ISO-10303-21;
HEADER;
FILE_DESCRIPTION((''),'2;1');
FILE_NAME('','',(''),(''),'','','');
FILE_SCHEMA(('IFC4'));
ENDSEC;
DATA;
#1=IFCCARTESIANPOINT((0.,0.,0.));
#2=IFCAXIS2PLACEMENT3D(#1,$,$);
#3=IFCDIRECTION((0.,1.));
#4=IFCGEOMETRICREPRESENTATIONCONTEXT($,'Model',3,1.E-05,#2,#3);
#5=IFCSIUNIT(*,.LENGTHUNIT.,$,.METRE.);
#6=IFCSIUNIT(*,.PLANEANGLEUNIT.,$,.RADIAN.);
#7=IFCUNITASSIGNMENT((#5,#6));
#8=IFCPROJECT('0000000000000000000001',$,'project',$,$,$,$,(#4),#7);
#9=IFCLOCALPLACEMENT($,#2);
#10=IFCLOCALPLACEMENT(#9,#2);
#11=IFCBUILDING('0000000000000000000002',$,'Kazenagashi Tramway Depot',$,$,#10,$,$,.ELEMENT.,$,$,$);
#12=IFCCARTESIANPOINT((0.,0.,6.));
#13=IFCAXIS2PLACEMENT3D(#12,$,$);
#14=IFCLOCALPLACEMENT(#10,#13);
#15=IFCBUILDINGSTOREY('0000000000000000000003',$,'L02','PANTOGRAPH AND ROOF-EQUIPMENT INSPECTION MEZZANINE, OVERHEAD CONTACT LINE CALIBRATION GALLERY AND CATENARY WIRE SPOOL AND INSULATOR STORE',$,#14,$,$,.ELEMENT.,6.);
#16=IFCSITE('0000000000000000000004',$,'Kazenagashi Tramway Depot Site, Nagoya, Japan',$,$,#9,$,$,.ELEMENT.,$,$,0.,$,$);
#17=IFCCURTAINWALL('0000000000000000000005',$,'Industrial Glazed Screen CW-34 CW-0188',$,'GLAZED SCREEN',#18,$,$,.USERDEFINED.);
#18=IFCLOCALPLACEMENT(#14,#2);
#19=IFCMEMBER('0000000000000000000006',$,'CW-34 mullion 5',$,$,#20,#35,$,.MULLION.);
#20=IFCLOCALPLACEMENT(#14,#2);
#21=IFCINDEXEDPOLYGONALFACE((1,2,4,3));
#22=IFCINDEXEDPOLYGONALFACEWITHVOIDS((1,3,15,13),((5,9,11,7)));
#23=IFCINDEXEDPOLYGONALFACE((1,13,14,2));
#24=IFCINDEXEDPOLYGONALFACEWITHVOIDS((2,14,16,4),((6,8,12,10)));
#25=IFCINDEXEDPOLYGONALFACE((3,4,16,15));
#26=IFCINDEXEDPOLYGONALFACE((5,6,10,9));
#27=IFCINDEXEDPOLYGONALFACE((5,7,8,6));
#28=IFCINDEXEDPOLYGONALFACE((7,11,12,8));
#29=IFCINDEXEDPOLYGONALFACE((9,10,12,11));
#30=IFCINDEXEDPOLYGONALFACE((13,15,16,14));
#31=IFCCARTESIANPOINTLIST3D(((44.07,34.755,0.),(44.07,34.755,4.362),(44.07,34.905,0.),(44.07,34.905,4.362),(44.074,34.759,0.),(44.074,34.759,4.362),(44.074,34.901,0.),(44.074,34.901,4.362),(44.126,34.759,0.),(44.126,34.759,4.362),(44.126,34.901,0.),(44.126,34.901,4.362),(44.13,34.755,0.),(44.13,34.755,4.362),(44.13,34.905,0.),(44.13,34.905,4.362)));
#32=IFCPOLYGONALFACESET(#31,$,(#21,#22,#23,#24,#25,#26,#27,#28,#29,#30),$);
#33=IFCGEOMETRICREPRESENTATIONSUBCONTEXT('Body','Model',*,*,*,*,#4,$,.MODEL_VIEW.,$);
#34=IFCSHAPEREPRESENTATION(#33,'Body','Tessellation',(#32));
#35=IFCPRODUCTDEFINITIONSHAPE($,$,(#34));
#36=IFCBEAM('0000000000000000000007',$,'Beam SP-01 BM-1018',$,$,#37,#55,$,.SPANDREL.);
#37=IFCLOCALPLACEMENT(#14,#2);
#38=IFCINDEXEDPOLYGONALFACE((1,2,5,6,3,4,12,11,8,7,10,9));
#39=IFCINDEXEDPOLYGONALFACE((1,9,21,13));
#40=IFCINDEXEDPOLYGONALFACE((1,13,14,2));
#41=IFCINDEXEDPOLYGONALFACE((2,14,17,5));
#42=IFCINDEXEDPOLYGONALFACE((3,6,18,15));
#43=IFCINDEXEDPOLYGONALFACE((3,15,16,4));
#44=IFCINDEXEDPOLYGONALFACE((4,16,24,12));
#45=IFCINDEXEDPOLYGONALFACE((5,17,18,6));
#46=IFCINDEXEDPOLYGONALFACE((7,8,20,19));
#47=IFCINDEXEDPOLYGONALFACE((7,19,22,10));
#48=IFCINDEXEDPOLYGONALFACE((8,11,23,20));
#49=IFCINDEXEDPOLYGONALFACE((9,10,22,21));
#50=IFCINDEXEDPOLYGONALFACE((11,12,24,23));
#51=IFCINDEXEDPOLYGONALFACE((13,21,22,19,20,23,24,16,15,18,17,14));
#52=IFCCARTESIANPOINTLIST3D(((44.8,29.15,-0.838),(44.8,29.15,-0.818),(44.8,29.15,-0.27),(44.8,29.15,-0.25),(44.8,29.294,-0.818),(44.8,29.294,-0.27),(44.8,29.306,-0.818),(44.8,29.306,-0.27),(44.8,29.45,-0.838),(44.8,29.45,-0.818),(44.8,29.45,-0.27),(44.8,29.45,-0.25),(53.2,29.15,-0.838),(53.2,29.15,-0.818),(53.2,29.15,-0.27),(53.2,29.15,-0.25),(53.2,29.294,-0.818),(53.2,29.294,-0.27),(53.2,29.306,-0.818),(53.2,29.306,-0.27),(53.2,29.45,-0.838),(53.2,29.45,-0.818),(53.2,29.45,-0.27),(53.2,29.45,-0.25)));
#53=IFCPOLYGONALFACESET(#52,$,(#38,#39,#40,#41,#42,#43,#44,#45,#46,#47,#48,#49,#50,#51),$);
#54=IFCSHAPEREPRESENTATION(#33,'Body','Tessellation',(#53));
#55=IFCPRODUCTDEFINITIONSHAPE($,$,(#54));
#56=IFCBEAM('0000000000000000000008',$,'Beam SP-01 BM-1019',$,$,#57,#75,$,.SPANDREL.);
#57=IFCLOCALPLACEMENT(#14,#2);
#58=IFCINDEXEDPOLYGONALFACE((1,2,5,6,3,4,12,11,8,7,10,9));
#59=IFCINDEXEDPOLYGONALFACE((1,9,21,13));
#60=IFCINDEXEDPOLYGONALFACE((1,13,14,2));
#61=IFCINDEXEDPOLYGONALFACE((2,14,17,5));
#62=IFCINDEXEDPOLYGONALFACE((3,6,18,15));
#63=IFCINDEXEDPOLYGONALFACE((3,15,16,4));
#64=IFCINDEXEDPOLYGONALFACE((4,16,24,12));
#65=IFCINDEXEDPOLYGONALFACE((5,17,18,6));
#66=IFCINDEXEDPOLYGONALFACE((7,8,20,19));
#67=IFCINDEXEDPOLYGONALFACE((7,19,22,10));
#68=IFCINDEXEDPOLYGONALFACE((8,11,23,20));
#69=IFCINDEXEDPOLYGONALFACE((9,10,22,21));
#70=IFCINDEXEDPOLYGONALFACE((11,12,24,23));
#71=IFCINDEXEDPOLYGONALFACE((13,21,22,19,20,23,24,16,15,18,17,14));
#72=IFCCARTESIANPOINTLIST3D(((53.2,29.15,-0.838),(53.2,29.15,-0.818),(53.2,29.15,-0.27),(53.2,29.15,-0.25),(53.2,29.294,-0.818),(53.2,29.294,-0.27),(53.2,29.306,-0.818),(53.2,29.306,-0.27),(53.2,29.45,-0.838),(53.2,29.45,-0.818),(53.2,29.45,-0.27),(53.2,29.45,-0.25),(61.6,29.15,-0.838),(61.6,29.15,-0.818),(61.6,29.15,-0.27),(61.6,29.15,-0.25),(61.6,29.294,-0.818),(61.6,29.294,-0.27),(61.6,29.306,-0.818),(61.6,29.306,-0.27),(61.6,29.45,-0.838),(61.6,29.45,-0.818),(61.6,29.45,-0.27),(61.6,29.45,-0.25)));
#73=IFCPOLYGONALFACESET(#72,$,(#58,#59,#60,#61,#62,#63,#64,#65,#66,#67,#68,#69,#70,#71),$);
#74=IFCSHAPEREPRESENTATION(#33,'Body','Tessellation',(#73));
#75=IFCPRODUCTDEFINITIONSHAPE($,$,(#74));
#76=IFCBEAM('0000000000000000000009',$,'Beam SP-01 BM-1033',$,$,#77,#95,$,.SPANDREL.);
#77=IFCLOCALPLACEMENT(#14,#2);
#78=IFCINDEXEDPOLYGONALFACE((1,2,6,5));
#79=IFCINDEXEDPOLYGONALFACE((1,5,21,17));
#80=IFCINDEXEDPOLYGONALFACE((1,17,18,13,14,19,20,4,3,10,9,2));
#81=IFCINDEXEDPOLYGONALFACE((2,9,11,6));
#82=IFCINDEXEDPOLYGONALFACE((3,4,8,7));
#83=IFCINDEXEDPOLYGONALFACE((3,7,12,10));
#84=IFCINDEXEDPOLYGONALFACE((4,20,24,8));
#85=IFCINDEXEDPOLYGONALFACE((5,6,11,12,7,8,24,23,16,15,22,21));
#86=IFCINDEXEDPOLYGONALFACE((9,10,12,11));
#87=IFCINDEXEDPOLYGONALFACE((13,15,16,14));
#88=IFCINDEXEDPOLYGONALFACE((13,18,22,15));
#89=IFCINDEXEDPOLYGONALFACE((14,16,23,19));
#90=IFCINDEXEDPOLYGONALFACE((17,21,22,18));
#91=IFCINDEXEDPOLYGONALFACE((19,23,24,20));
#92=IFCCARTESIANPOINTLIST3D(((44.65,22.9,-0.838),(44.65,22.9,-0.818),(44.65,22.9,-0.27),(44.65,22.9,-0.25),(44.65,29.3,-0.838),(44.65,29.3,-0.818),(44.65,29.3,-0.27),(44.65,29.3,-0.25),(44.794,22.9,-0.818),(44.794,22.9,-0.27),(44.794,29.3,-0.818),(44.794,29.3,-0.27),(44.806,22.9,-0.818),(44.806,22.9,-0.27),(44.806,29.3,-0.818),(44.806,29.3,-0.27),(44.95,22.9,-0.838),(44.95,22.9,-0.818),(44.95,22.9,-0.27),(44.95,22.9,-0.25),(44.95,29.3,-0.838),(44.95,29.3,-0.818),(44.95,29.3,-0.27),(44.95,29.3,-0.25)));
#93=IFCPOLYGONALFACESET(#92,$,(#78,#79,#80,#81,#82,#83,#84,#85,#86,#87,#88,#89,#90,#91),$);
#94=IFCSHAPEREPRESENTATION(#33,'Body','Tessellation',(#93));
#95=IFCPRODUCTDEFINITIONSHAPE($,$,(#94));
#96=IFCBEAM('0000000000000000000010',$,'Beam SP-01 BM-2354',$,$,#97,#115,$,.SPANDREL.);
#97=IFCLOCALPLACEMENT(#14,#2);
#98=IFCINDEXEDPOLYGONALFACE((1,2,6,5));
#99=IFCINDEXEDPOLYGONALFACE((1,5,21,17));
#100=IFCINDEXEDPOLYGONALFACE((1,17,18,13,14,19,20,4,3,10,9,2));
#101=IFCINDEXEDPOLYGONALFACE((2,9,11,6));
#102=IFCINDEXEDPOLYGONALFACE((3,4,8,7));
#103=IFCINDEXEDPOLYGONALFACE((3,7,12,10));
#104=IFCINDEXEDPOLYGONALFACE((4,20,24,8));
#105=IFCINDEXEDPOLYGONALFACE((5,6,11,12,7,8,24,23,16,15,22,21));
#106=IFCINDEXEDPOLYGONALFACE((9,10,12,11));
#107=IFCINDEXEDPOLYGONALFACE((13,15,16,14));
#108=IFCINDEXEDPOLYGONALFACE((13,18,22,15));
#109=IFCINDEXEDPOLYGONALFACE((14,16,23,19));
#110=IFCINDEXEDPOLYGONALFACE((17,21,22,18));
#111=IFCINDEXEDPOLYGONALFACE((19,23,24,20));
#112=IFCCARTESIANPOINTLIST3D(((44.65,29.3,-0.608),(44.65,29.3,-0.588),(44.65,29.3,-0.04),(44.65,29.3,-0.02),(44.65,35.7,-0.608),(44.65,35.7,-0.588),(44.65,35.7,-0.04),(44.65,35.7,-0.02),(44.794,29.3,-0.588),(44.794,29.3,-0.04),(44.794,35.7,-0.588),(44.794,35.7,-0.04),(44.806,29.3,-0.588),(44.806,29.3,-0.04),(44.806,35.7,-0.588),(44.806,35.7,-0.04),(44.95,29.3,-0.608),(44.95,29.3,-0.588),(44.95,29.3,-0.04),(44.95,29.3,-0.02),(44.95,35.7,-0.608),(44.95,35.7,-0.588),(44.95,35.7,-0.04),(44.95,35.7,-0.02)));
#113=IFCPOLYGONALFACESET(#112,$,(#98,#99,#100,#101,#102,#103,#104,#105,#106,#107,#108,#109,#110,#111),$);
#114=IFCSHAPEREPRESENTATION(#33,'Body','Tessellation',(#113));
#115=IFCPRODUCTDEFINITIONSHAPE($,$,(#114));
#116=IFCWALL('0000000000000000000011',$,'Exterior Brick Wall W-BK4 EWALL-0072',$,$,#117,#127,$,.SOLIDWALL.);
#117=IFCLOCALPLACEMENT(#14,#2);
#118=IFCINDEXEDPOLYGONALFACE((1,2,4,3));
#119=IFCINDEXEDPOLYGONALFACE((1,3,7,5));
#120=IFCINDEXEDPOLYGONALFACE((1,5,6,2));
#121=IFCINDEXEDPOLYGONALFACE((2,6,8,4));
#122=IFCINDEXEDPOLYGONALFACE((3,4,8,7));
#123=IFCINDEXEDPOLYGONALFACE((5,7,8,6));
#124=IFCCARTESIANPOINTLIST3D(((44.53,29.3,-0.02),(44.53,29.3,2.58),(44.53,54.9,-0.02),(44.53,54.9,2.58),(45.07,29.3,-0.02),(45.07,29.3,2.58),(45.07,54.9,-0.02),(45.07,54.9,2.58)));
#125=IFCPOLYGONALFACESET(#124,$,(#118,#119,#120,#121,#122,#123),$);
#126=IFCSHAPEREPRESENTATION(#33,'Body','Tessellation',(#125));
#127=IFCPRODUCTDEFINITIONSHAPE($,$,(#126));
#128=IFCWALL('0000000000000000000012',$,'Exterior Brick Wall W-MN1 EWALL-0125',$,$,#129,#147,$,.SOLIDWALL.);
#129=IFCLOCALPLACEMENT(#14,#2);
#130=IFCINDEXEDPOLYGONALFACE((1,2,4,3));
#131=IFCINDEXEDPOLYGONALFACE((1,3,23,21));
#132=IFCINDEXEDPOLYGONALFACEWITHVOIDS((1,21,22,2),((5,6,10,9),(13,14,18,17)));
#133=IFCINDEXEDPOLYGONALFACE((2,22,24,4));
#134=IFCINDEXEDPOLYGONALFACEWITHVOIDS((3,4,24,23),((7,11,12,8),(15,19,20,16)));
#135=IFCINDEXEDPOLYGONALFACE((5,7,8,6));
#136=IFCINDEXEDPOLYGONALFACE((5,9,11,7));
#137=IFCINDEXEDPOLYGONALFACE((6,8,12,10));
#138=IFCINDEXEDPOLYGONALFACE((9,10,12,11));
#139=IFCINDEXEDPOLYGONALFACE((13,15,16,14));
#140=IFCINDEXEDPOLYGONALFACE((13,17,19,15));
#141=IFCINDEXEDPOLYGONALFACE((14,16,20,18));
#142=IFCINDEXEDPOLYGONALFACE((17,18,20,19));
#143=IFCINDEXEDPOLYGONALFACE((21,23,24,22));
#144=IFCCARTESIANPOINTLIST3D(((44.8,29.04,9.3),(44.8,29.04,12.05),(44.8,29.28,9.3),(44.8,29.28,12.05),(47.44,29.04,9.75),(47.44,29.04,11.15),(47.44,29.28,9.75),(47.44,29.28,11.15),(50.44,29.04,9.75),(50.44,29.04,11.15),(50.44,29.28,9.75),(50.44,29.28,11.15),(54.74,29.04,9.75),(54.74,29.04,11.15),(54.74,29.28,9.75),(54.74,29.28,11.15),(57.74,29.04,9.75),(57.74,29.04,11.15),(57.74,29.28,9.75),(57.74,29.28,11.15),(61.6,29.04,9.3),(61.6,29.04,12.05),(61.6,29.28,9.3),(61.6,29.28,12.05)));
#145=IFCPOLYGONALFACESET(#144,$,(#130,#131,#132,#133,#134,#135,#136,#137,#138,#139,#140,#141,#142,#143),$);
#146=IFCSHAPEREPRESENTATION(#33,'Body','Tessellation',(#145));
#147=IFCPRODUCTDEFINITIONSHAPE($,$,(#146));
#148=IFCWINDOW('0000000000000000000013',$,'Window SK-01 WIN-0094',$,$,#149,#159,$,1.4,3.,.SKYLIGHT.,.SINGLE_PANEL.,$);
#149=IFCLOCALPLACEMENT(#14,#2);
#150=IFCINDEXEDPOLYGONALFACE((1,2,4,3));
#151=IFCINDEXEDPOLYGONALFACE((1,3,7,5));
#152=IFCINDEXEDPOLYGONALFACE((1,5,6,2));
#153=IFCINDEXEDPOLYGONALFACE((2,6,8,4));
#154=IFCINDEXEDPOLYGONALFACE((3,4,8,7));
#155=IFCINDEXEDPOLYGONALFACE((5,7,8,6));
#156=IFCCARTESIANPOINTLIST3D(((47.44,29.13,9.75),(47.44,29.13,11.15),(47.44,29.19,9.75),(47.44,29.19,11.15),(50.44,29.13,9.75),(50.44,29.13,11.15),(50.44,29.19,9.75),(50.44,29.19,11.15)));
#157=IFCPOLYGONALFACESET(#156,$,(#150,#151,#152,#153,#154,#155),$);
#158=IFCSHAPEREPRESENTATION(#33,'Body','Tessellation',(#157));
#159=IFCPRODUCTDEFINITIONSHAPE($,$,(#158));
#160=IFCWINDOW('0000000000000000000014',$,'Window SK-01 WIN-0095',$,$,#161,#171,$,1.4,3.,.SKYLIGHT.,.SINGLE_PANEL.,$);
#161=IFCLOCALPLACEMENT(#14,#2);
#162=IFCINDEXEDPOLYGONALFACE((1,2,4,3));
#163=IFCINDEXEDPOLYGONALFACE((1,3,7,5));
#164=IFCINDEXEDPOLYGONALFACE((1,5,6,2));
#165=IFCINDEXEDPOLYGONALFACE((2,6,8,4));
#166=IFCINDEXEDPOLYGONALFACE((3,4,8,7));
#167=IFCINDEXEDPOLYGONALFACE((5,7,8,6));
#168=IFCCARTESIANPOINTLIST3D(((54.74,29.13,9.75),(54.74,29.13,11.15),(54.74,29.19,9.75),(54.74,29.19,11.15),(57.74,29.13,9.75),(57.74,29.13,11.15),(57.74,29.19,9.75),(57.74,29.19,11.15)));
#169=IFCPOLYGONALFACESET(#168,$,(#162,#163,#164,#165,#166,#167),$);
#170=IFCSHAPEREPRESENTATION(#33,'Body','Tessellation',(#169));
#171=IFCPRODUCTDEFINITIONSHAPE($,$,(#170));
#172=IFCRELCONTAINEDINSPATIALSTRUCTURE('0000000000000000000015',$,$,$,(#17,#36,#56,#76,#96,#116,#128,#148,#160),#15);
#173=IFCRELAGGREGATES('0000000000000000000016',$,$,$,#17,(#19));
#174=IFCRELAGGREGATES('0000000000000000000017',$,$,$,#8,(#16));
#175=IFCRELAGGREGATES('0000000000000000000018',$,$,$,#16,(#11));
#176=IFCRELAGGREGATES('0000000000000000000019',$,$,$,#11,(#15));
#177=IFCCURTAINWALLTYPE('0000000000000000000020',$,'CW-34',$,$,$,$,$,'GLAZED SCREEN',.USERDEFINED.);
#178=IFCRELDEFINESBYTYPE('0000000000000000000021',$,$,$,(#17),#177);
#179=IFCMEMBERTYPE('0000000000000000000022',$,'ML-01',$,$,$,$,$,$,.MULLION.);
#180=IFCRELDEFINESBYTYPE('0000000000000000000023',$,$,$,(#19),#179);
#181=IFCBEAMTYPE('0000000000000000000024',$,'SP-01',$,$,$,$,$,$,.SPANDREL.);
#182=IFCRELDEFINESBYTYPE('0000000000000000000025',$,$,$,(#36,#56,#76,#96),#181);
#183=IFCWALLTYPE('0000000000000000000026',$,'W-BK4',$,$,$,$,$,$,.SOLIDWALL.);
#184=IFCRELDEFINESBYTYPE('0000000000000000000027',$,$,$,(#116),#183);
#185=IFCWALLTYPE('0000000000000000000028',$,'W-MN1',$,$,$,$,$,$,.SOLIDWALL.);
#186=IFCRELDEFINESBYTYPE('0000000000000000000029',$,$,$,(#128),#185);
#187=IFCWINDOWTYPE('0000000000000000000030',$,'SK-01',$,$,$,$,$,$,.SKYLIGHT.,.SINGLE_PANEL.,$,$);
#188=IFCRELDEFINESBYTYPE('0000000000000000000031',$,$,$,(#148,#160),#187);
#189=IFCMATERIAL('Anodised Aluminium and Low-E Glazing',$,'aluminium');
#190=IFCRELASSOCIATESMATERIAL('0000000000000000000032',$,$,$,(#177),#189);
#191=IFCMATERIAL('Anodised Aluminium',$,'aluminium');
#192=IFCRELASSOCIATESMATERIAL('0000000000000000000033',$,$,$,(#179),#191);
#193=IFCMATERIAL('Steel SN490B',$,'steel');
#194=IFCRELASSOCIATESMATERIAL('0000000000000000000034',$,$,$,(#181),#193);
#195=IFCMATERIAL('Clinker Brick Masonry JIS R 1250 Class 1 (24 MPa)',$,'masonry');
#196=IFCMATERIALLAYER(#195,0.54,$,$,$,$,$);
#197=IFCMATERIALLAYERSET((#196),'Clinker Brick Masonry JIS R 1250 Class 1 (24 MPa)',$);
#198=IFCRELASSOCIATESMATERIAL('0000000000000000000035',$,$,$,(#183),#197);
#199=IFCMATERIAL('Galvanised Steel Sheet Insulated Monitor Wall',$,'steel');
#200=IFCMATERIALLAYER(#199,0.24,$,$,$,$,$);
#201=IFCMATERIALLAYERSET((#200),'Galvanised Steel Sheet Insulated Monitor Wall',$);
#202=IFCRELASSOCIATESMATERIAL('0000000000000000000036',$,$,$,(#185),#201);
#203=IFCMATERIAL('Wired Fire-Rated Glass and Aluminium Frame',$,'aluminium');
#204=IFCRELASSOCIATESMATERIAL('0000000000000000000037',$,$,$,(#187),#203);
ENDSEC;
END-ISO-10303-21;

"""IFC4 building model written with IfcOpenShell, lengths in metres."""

from ifc_helpers import new_model, si_unit, direction, frame, frame_2d, origin, origin_2d, place, context, subcontext, project, spatial, rectangle, hollow_rectangle, i_section, extrude, material, layer, layer_set, material_profile, profile_set, type_object, element, fill, aggregate, save


model = new_model("IFC4")

# Units and contexts
model_context = context("Model", 3, precision=1e-05, world=origin(), true_north=direction((0.0, 1.0)))
body_context = subcontext(model_context, "Body", "Model", "MODEL_VIEW")
ifc_project = project(units=[si_unit("LENGTHUNIT", "METRE"), si_unit("PLANEANGLEUNIT", "RADIAN")], contexts=[model_context])

# Site, building, storey
site_placement = place(None, origin())
site = spatial("IfcSite", under=ifc_project, at=site_placement, Name="Kazenagashi Tramway Depot Site, Nagoya, Japan", CompositionType="ELEMENT", RefElevation=0.0)
building_placement = place(site_placement, origin())
building = spatial("IfcBuilding", under=site, at=building_placement, Name="Kazenagashi Tramway Depot", CompositionType="ELEMENT")
storey_placement = place(building_placement, frame((0.0, 0.0, 6.0)))
storey = spatial("IfcBuildingStorey", under=building, at=storey_placement, Name="L02", Description="PANTOGRAPH AND ROOF-EQUIPMENT INSPECTION MEZZANINE, OVERHEAD CONTACT LINE CALIBRATION GALLERY AND CATENARY WIRE SPOOL AND INSULATOR STORE", CompositionType="ELEMENT", Elevation=6.0)

# Shared definitions
ifc_material_1 = material(Name="Steel SN490B", Category="steel")

# Curtain wall, member
ifc_material_2 = material(Name="Anodised Aluminium and Low-E Glazing", Category="aluminium")
curtain_wall_type = type_object("IfcCurtainWallType", Name="CW-34", ElementType="GLAZED SCREEN", PredefinedType="USERDEFINED", material=ifc_material_2)
curtain_wall_placement = place(storey_placement, origin())
curtain_wall = element("IfcCurtainWall", 1, at=curtain_wall_placement, inside=storey, type_object=curtain_wall_type, Name="Industrial Glazed Screen CW-34 CW-0188", ObjectType="GLAZED SCREEN", PredefinedType="USERDEFINED")
ifc_material_3 = material(Name="Anodised Aluminium", Category="aluminium")
ifc_material_profile_1 = material_profile(ifc_material_3, hollow_rectangle(XDim=0.06, YDim=0.15, WallThickness=0.004, at=origin_2d()), Name="RHS-150x60x4")
ifc_profile_set_1 = profile_set([ifc_material_profile_1], Name="Anodised Aluminium")
member_type = type_object("IfcMemberType", Name="ML-01", PredefinedType="MULLION", material=ifc_profile_set_1)
member_placement = place(storey_placement, frame((44.1, 34.83, 0.0), z_axis=(0.0, 0.0, 1.0), x_axis=(-1.0, 0.0, 0.0)))
member = element("IfcMember", 2, at=member_placement, type_object=member_type, Name="CW-34 mullion 5", PredefinedType="MULLION", context=body_context, shape_type="SweptSolid", body=[
    extrude(hollow_rectangle(XDim=0.06, YDim=0.15, WallThickness=0.004, at=origin_2d()), origin(), (0.0, 0.0, 1.0), 4.362),
])
aggregate(curtain_wall, [member])

# Beams
ifc_material_profile_2 = material_profile(ifc_material_1, i_section(OverallWidth=0.3, OverallDepth=0.588, WebThickness=0.012, FlangeThickness=0.02, at=origin_2d()), Name="H-588x300x12x20")
ifc_profile_set_2 = profile_set([ifc_material_profile_2], Name="Steel SN490B")
beam_type_1 = type_object("IfcBeamType", Name="SP-01", PredefinedType="SPANDREL", material=ifc_profile_set_2)
for number, where, z_axis, x_axis, name in (
    (3, (44.8, 29.3, -0.544), (1.0, 0.0, 0.0), (0.0, 1.0, 0.0), "Beam SP-01 BM-1018"),
    (4, (53.2, 29.3, -0.544), (1.0, 0.0, 0.0), (0.0, 1.0, 0.0), "Beam SP-01 BM-1019"),
):
    element("IfcBeam", number, at=place(storey_placement, frame(where, z_axis=z_axis, x_axis=x_axis)), inside=storey, type_object=beam_type_1, Name=name, PredefinedType="SPANDREL", context=body_context, shape_type="SweptSolid", body=[
        extrude(i_section(OverallWidth=0.3, OverallDepth=0.588, WebThickness=0.012, FlangeThickness=0.02, at=origin_2d()), origin(), (0.0, 0.0, 1.0), 8.4),
    ])
for number, where, z_axis, x_axis, name in (
    (5, (44.8, 22.9, -0.544), (0.0, 1.0, 0.0), (-1.0, 0.0, 0.0), "Beam SP-01 BM-1033"),
    (6, (44.8, 29.3, -0.314), (0.0, 1.0, 0.0), (-1.0, 0.0, 0.0), "Beam SP-01 BM-2354"),
):
    element("IfcBeam", number, at=place(storey_placement, frame(where, z_axis=z_axis, x_axis=x_axis)), inside=storey, type_object=beam_type_1, Name=name, PredefinedType="SPANDREL", context=body_context, shape_type="SweptSolid", body=[
        extrude(i_section(OverallWidth=0.3, OverallDepth=0.588, WebThickness=0.012, FlangeThickness=0.02, at=origin_2d()), origin(), (0.0, 0.0, 1.0), 6.4),
    ])

# Wall
ifc_material_4 = material(Name="Clinker Brick Masonry JIS R 1250 Class 1 (24 MPa)", Category="masonry")
ifc_layer_1 = layer(ifc_material_4, 0.54)
ifc_layer_set_1 = layer_set([ifc_layer_1], Name="Clinker Brick Masonry JIS R 1250 Class 1 (24 MPa)")
wall_type_1 = type_object("IfcWallType", Name="W-BK4", PredefinedType="SOLIDWALL", material=ifc_layer_set_1)
wall_1_placement = place(storey_placement, frame((44.8, 29.3, -0.02), z_axis=(0.0, 0.0, 1.0), x_axis=(0.0, 1.0, 0.0)))
element("IfcWall", 7, at=wall_1_placement, inside=storey, type_object=wall_type_1, Name="Exterior Brick Wall W-BK4 EWALL-0072", PredefinedType="SOLIDWALL", context=body_context, shape_type="SweptSolid", body=[
    extrude(rectangle(XDim=25.6, YDim=0.54, at=frame_2d((12.8, 0.0))), origin(), (0.0, 0.0, 1.0), 2.6),
])

# Wall, openings, windows
ifc_material_5 = material(Name="Galvanised Steel Sheet Insulated Monitor Wall", Category="steel")
ifc_layer_2 = layer(ifc_material_5, 0.24)
ifc_layer_set_2 = layer_set([ifc_layer_2], Name="Galvanised Steel Sheet Insulated Monitor Wall")
wall_type_2 = type_object("IfcWallType", Name="W-MN1", PredefinedType="SOLIDWALL", material=ifc_layer_set_2)
wall_2_placement = place(storey_placement, frame((44.8, 29.16, 9.3), z_axis=(0.0, 0.0, 1.0), x_axis=(1.0, 0.0, 0.0)))
wall_2 = element("IfcWall", 8, at=wall_2_placement, inside=storey, type_object=wall_type_2, Name="Exterior Brick Wall W-MN1 EWALL-0125", PredefinedType="SOLIDWALL", context=body_context, shape_type="SweptSolid", body=[
    extrude(rectangle(XDim=16.8, YDim=0.24, at=frame_2d((8.4, 0.0))), origin(), (0.0, 0.0, 1.0), 2.75),
])
opening_1_placement = place(wall_2_placement, frame((2.64, 0.0, 0.45)))
opening_1 = element("IfcOpeningElement", 9, at=opening_1_placement, cuts=wall_2, PredefinedType="OPENING", context=body_context, shape_type="SweptSolid", body=[
    extrude(rectangle(XDim=3.0, YDim=1.4, at=frame_2d((1.5, 0.7))), frame((0.0, 0.13, 0.0), z_axis=(0.0, -1.0, 0.0), x_axis=(1.0, 0.0, 0.0)), (0.0, 0.0, 1.0), 0.26),
])
opening_2_placement = place(wall_2_placement, frame((9.94, 0.0, 0.45)))
opening_2 = element("IfcOpeningElement", 10, at=opening_2_placement, cuts=wall_2, PredefinedType="OPENING", context=body_context, shape_type="SweptSolid", body=[
    extrude(rectangle(XDim=3.0, YDim=1.4, at=frame_2d((1.5, 0.7))), frame((0.0, 0.13, 0.0), z_axis=(0.0, -1.0, 0.0), x_axis=(1.0, 0.0, 0.0)), (0.0, 0.0, 1.0), 0.26),
])
ifc_material_6 = material(Name="Wired Fire-Rated Glass and Aluminium Frame", Category="aluminium")
window_type = type_object("IfcWindowType", Name="SK-01", PartitioningType="SINGLE_PANEL", PredefinedType="SKYLIGHT", material=ifc_material_6)
window_1_placement = place(opening_1_placement, origin())
window_1 = element("IfcWindow", 11, at=window_1_placement, inside=storey, type_object=window_type, Name="Window SK-01 WIN-0094", OverallHeight=1.4, OverallWidth=3.0, PartitioningType="SINGLE_PANEL", PredefinedType="SKYLIGHT", context=body_context, shape_type="SweptSolid", body=[
    extrude(rectangle(XDim=3.0, YDim=1.4, at=frame_2d((1.5, 0.7))), frame((0.0, 0.03, 0.0), z_axis=(0.0, -1.0, 0.0), x_axis=(1.0, 0.0, 0.0)), (0.0, 0.0, 1.0), 0.06),
])
fill(opening_1, window_1)
window_2_placement = place(opening_2_placement, origin())
window_2 = element("IfcWindow", 12, at=window_2_placement, inside=storey, type_object=window_type, Name="Window SK-01 WIN-0095", OverallHeight=1.4, OverallWidth=3.0, PartitioningType="SINGLE_PANEL", PredefinedType="SKYLIGHT", context=body_context, shape_type="SweptSolid", body=[
    extrude(rectangle(XDim=3.0, YDim=1.4, at=frame_2d((1.5, 0.7))), frame((0.0, 0.03, 0.0), z_axis=(0.0, -1.0, 0.0), x_axis=(1.0, 0.0, 0.0)), (0.0, 0.0, 1.0), 0.06),
])
fill(opening_2, window_2)

save(model, "model.ifc")
